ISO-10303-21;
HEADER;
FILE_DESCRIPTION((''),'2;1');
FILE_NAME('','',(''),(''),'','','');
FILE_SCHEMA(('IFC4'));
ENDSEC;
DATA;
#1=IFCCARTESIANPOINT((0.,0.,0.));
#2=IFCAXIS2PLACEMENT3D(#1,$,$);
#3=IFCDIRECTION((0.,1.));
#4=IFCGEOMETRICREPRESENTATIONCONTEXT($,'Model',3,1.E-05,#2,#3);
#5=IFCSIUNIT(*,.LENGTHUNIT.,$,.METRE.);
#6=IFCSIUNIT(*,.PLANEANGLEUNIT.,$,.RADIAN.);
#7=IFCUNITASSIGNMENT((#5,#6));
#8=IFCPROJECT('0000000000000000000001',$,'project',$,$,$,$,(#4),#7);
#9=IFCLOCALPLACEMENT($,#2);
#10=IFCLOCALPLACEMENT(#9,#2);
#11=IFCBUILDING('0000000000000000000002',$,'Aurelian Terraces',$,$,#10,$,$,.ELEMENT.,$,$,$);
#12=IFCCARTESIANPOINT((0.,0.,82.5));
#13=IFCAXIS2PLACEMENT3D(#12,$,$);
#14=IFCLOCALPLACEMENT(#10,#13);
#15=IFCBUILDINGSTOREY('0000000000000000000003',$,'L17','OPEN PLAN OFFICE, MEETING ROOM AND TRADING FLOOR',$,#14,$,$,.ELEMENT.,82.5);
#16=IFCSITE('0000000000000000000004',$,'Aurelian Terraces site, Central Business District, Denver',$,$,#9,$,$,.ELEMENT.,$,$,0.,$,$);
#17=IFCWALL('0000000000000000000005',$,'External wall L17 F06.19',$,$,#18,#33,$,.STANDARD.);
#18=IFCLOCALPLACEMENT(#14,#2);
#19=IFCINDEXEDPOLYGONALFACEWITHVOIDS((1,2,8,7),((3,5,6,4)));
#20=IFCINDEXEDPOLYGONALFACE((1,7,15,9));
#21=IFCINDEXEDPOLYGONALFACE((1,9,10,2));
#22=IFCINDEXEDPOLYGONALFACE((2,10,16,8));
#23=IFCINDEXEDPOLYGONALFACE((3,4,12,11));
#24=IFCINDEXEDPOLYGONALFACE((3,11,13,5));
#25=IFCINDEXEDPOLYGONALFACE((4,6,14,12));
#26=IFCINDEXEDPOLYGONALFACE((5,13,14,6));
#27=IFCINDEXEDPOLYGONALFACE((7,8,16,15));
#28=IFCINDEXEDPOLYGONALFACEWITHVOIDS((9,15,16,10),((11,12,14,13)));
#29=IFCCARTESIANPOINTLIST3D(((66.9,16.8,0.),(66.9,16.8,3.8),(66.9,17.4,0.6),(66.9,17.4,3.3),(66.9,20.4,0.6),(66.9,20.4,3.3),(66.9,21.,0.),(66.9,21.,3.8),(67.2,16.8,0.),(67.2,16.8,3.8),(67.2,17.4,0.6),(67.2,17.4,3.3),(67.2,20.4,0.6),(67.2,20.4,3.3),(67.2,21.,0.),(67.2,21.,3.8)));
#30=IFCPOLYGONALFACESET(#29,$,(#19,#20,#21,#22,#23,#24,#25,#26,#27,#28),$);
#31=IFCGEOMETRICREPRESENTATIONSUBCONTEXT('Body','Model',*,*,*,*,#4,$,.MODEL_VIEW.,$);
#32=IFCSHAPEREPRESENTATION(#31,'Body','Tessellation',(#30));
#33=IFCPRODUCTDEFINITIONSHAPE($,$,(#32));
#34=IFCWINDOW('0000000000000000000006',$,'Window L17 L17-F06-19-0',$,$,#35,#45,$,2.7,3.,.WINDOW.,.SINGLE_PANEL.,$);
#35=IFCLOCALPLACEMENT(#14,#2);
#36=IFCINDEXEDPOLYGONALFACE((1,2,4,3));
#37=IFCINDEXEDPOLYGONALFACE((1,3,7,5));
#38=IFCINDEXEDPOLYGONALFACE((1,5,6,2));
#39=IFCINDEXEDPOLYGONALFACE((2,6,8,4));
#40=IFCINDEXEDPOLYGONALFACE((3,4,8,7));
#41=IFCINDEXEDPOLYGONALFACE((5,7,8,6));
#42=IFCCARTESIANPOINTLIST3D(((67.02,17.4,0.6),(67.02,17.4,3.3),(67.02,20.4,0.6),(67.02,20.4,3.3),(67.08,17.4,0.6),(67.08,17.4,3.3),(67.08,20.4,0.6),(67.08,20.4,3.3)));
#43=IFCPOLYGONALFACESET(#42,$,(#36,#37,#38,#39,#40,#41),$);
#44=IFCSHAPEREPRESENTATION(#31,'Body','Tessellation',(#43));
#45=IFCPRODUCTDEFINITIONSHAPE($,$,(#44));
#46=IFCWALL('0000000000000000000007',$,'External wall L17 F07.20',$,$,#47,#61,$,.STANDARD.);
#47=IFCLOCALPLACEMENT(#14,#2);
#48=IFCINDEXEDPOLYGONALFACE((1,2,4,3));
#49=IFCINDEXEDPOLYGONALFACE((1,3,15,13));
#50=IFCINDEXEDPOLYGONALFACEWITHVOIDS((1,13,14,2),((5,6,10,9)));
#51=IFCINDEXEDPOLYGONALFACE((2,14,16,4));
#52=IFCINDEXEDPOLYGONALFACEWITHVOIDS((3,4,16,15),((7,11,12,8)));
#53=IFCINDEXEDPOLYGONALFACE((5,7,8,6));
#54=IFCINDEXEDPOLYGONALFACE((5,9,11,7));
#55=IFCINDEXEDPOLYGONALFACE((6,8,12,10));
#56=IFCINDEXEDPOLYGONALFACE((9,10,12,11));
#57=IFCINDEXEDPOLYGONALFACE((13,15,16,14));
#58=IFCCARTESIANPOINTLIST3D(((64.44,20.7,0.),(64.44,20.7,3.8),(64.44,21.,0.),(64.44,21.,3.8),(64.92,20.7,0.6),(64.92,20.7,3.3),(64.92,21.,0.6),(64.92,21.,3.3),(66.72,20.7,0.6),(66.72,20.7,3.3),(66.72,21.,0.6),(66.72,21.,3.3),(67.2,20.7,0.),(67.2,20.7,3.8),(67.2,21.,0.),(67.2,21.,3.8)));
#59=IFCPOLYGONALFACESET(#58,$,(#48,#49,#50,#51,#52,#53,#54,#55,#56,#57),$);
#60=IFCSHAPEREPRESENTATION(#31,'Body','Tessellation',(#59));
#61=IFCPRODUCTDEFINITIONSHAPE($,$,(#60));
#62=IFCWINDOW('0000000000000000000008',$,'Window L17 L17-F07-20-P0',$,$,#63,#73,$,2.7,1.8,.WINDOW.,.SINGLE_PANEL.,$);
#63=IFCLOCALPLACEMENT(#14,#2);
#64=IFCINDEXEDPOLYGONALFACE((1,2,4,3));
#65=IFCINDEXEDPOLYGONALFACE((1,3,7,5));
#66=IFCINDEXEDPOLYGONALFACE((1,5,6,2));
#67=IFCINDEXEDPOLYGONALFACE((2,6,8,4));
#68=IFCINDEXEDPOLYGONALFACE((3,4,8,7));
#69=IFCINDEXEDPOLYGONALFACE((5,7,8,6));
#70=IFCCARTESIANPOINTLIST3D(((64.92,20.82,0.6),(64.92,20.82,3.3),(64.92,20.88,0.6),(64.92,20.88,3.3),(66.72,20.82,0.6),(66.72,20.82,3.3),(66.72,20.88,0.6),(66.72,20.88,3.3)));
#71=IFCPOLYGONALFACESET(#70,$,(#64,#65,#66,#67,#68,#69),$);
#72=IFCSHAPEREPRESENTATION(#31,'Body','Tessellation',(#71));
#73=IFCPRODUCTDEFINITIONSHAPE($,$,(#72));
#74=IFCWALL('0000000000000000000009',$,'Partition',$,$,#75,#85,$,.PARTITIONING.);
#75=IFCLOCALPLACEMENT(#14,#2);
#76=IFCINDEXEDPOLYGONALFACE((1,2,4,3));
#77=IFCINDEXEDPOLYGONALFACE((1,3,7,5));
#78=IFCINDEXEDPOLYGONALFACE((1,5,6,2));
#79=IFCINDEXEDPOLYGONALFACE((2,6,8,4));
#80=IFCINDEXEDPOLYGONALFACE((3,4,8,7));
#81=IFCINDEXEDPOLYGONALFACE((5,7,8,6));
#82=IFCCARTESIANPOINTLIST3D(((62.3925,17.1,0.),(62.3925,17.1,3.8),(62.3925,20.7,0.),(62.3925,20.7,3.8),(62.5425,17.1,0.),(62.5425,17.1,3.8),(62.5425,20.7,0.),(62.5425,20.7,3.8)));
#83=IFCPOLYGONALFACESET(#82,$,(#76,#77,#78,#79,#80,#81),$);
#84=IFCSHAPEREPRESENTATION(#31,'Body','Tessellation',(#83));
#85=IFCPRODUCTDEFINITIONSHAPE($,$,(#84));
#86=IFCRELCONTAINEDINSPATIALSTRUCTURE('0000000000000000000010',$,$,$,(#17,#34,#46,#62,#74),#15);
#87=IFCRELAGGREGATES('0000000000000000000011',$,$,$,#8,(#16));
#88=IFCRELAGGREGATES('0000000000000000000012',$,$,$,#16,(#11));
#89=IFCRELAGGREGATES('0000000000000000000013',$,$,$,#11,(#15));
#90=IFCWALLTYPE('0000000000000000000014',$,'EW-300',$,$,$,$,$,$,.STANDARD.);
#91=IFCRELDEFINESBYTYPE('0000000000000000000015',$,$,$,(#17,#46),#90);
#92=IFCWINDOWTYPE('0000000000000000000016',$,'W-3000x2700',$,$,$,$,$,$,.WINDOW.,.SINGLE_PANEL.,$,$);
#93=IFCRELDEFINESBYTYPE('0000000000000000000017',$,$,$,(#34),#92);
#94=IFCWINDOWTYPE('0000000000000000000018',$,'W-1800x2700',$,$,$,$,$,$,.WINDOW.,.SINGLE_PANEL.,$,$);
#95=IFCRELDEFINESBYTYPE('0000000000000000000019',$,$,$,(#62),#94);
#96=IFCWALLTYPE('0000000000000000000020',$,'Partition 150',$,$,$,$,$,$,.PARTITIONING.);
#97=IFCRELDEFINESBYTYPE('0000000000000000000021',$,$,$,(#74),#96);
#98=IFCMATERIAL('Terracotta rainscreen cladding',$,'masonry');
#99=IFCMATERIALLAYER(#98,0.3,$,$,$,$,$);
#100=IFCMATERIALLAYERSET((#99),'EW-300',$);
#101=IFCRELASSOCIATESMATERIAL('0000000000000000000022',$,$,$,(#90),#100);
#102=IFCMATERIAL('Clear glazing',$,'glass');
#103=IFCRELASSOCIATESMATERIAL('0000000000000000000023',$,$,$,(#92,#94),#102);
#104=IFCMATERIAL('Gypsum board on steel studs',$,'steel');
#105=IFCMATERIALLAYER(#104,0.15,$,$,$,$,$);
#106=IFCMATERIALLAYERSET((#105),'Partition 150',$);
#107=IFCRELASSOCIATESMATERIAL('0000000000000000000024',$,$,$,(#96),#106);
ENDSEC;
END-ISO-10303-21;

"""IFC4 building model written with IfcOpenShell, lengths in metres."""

from ifc_helpers import new_model, si_unit, direction, frame, frame_2d, origin, place, context, subcontext, project, spatial, rectangle, extrude, source, transform, mapped, material, layer, layer_set, type_object, element, fill, save


model = new_model("IFC4")

# Units and contexts
model_context = context("Model", 3, precision=1e-05, world=origin(), true_north=direction((0.0, 1.0)))
body_context = subcontext(model_context, "Body", "Model", "MODEL_VIEW")
ifc_project = project(units=[si_unit("LENGTHUNIT", "METRE"), si_unit("PLANEANGLEUNIT", "RADIAN")], contexts=[model_context])

# Site, building, storey
site_placement = place(None, origin())
site = spatial("IfcSite", under=ifc_project, at=site_placement, Name="Aurelian Terraces site, Central Business District, Denver", CompositionType="ELEMENT", RefElevation=0.0)
building_placement = place(site_placement, origin())
building = spatial("IfcBuilding", under=site, at=building_placement, Name="Aurelian Terraces", CompositionType="ELEMENT")
storey_placement = place(building_placement, frame((0.0, 0.0, 82.5)))
storey = spatial("IfcBuildingStorey", under=building, at=storey_placement, Name="L17", Description="OPEN PLAN OFFICE, MEETING ROOM AND TRADING FLOOR", CompositionType="ELEMENT", Elevation=82.5)

# Shared definitions
ifc_material_1 = material(Name="Clear glazing", Category="glass")

# Walls, openings, windows
ifc_material_2 = material(Name="Terracotta rainscreen cladding", Category="masonry")
ifc_layer_1 = layer(ifc_material_2, 0.3)
ifc_layer_set_1 = layer_set([ifc_layer_1], Name="EW-300")
wall_type_1 = type_object("IfcWallType", Name="EW-300", PredefinedType="STANDARD", material=ifc_layer_set_1)
shared_shape_1 = source(origin(), body_context, "Body", "SweptSolid", [
    extrude(rectangle(XDim=4.2, YDim=0.3, at=frame_2d((2.1, 0.0))), origin(), (0.0, 0.0, 1.0), 3.8),
])
wall_1_placement = place(storey_placement, frame((67.05, 16.8, 0.0), z_axis=(0.0, 0.0, 1.0), x_axis=(0.0, 1.0, 0.0)))
wall_1 = element("IfcWall", 1, at=wall_1_placement, inside=storey, type_object=wall_type_1, Name="External wall L17 F06.19", PredefinedType="STANDARD", context=body_context, shape_type="MappedRepresentation", body=[
    mapped(shared_shape_1, transform((0.0, 0.0, 0.0), scale=1.0)),
])
shared_shape_2 = source(origin(), body_context, "Body", "SweptSolid", [
    extrude(rectangle(XDim=3.0, YDim=2.7, at=frame_2d((1.5, 1.35))), frame((0.0, 0.16, 0.0), z_axis=(0.0, -1.0, 0.0), x_axis=(1.0, 0.0, 0.0)), (0.0, 0.0, 1.0), 0.32),
])
opening_1_placement = place(wall_1_placement, frame((0.6, 0.0, 0.6)))
opening_1 = element("IfcOpeningElement", 2, at=opening_1_placement, cuts=wall_1, PredefinedType="OPENING", context=body_context, shape_type="MappedRepresentation", body=[
    mapped(shared_shape_2, transform((0.0, 0.0, 0.0), scale=1.0)),
])
window_type_1 = type_object("IfcWindowType", Name="W-3000x2700", PartitioningType="SINGLE_PANEL", PredefinedType="WINDOW", material=ifc_material_1)
shared_shape_3 = source(origin(), body_context, "Body", "SweptSolid", [
    extrude(rectangle(XDim=3.0, YDim=2.7, at=frame_2d((1.5, 1.35))), frame((0.0, 0.03, 0.0), z_axis=(0.0, -1.0, 0.0), x_axis=(1.0, 0.0, 0.0)), (0.0, 0.0, 1.0), 0.06),
])
window_1_placement = place(opening_1_placement, origin())
window_1 = element("IfcWindow", 3, at=window_1_placement, inside=storey, type_object=window_type_1, Name="Window L17 L17-F06-19-0", OverallHeight=2.7, OverallWidth=3.0, PartitioningType="SINGLE_PANEL", PredefinedType="WINDOW", context=body_context, shape_type="MappedRepresentation", body=[
    mapped(shared_shape_3, transform((0.0, 0.0, 0.0), scale=1.0)),
])
fill(opening_1, window_1)
shared_shape_4 = source(origin(), body_context, "Body", "SweptSolid", [
    extrude(rectangle(XDim=2.76, YDim=0.3, at=frame_2d((1.38, 0.0))), origin(), (0.0, 0.0, 1.0), 3.8),
])
wall_2_placement = place(storey_placement, frame((67.2, 20.85, 0.0), z_axis=(0.0, 0.0, 1.0), x_axis=(-1.0, 0.0, 0.0)))
wall_2 = element("IfcWall", 4, at=wall_2_placement, inside=storey, type_object=wall_type_1, Name="External wall L17 F07.20", PredefinedType="STANDARD", context=body_context, shape_type="MappedRepresentation", body=[
    mapped(shared_shape_4, transform((0.0, 0.0, 0.0), scale=1.0)),
])
shared_shape_5 = source(origin(), body_context, "Body", "SweptSolid", [
    extrude(rectangle(XDim=1.8, YDim=2.7, at=frame_2d((0.9, 1.35))), frame((0.0, 0.16, 0.0), z_axis=(0.0, -1.0, 0.0), x_axis=(1.0, 0.0, 0.0)), (0.0, 0.0, 1.0), 0.32),
])
opening_2_placement = place(wall_2_placement, frame((0.48, 0.0, 0.6)))
opening_2 = element("IfcOpeningElement", 5, at=opening_2_placement, cuts=wall_2, PredefinedType="OPENING", context=body_context, shape_type="MappedRepresentation", body=[
    mapped(shared_shape_5, transform((0.0, 0.0, 0.0), scale=1.0)),
])
window_type_2 = type_object("IfcWindowType", Name="W-1800x2700", PartitioningType="SINGLE_PANEL", PredefinedType="WINDOW", material=ifc_material_1)
shared_shape_6 = source(origin(), body_context, "Body", "SweptSolid", [
    extrude(rectangle(XDim=1.8, YDim=2.7, at=frame_2d((0.9, 1.35))), frame((0.0, 0.03, 0.0), z_axis=(0.0, -1.0, 0.0), x_axis=(1.0, 0.0, 0.0)), (0.0, 0.0, 1.0), 0.06),
])
window_2_placement = place(opening_2_placement, origin())
window_2 = element("IfcWindow", 6, at=window_2_placement, inside=storey, type_object=window_type_2, Name="Window L17 L17-F07-20-P0", OverallHeight=2.7, OverallWidth=1.8, PartitioningType="SINGLE_PANEL", PredefinedType="WINDOW", context=body_context, shape_type="MappedRepresentation", body=[
    mapped(shared_shape_6, transform((0.0, 0.0, 0.0), scale=1.0)),
])
fill(opening_2, window_2)

# Wall
ifc_material_3 = material(Name="Gypsum board on steel studs", Category="steel")
ifc_layer_2 = layer(ifc_material_3, 0.15)
ifc_layer_set_2 = layer_set([ifc_layer_2], Name="Partition 150")
wall_type_2 = type_object("IfcWallType", Name="Partition 150", PredefinedType="PARTITIONING", material=ifc_layer_set_2)
shared_shape_7 = source(origin(), body_context, "Body", "SweptSolid", [
    extrude(rectangle(XDim=3.6, YDim=0.15, at=frame_2d((1.8, 0.0))), origin(), (0.0, 0.0, 1.0), 3.8),
])
wall_3_placement = place(storey_placement, frame((62.4675, 20.7, 0.0), z_axis=(0.0, 0.0, 1.0), x_axis=(0.0, -1.0, 0.0)))
element("IfcWall", 7, at=wall_3_placement, inside=storey, type_object=wall_type_2, Name="Partition", PredefinedType="PARTITIONING", context=body_context, shape_type="MappedRepresentation", body=[
    mapped(shared_shape_7, transform((0.0, 0.0, 0.0), scale=1.0)),
])

save(model, "model.ifc")
